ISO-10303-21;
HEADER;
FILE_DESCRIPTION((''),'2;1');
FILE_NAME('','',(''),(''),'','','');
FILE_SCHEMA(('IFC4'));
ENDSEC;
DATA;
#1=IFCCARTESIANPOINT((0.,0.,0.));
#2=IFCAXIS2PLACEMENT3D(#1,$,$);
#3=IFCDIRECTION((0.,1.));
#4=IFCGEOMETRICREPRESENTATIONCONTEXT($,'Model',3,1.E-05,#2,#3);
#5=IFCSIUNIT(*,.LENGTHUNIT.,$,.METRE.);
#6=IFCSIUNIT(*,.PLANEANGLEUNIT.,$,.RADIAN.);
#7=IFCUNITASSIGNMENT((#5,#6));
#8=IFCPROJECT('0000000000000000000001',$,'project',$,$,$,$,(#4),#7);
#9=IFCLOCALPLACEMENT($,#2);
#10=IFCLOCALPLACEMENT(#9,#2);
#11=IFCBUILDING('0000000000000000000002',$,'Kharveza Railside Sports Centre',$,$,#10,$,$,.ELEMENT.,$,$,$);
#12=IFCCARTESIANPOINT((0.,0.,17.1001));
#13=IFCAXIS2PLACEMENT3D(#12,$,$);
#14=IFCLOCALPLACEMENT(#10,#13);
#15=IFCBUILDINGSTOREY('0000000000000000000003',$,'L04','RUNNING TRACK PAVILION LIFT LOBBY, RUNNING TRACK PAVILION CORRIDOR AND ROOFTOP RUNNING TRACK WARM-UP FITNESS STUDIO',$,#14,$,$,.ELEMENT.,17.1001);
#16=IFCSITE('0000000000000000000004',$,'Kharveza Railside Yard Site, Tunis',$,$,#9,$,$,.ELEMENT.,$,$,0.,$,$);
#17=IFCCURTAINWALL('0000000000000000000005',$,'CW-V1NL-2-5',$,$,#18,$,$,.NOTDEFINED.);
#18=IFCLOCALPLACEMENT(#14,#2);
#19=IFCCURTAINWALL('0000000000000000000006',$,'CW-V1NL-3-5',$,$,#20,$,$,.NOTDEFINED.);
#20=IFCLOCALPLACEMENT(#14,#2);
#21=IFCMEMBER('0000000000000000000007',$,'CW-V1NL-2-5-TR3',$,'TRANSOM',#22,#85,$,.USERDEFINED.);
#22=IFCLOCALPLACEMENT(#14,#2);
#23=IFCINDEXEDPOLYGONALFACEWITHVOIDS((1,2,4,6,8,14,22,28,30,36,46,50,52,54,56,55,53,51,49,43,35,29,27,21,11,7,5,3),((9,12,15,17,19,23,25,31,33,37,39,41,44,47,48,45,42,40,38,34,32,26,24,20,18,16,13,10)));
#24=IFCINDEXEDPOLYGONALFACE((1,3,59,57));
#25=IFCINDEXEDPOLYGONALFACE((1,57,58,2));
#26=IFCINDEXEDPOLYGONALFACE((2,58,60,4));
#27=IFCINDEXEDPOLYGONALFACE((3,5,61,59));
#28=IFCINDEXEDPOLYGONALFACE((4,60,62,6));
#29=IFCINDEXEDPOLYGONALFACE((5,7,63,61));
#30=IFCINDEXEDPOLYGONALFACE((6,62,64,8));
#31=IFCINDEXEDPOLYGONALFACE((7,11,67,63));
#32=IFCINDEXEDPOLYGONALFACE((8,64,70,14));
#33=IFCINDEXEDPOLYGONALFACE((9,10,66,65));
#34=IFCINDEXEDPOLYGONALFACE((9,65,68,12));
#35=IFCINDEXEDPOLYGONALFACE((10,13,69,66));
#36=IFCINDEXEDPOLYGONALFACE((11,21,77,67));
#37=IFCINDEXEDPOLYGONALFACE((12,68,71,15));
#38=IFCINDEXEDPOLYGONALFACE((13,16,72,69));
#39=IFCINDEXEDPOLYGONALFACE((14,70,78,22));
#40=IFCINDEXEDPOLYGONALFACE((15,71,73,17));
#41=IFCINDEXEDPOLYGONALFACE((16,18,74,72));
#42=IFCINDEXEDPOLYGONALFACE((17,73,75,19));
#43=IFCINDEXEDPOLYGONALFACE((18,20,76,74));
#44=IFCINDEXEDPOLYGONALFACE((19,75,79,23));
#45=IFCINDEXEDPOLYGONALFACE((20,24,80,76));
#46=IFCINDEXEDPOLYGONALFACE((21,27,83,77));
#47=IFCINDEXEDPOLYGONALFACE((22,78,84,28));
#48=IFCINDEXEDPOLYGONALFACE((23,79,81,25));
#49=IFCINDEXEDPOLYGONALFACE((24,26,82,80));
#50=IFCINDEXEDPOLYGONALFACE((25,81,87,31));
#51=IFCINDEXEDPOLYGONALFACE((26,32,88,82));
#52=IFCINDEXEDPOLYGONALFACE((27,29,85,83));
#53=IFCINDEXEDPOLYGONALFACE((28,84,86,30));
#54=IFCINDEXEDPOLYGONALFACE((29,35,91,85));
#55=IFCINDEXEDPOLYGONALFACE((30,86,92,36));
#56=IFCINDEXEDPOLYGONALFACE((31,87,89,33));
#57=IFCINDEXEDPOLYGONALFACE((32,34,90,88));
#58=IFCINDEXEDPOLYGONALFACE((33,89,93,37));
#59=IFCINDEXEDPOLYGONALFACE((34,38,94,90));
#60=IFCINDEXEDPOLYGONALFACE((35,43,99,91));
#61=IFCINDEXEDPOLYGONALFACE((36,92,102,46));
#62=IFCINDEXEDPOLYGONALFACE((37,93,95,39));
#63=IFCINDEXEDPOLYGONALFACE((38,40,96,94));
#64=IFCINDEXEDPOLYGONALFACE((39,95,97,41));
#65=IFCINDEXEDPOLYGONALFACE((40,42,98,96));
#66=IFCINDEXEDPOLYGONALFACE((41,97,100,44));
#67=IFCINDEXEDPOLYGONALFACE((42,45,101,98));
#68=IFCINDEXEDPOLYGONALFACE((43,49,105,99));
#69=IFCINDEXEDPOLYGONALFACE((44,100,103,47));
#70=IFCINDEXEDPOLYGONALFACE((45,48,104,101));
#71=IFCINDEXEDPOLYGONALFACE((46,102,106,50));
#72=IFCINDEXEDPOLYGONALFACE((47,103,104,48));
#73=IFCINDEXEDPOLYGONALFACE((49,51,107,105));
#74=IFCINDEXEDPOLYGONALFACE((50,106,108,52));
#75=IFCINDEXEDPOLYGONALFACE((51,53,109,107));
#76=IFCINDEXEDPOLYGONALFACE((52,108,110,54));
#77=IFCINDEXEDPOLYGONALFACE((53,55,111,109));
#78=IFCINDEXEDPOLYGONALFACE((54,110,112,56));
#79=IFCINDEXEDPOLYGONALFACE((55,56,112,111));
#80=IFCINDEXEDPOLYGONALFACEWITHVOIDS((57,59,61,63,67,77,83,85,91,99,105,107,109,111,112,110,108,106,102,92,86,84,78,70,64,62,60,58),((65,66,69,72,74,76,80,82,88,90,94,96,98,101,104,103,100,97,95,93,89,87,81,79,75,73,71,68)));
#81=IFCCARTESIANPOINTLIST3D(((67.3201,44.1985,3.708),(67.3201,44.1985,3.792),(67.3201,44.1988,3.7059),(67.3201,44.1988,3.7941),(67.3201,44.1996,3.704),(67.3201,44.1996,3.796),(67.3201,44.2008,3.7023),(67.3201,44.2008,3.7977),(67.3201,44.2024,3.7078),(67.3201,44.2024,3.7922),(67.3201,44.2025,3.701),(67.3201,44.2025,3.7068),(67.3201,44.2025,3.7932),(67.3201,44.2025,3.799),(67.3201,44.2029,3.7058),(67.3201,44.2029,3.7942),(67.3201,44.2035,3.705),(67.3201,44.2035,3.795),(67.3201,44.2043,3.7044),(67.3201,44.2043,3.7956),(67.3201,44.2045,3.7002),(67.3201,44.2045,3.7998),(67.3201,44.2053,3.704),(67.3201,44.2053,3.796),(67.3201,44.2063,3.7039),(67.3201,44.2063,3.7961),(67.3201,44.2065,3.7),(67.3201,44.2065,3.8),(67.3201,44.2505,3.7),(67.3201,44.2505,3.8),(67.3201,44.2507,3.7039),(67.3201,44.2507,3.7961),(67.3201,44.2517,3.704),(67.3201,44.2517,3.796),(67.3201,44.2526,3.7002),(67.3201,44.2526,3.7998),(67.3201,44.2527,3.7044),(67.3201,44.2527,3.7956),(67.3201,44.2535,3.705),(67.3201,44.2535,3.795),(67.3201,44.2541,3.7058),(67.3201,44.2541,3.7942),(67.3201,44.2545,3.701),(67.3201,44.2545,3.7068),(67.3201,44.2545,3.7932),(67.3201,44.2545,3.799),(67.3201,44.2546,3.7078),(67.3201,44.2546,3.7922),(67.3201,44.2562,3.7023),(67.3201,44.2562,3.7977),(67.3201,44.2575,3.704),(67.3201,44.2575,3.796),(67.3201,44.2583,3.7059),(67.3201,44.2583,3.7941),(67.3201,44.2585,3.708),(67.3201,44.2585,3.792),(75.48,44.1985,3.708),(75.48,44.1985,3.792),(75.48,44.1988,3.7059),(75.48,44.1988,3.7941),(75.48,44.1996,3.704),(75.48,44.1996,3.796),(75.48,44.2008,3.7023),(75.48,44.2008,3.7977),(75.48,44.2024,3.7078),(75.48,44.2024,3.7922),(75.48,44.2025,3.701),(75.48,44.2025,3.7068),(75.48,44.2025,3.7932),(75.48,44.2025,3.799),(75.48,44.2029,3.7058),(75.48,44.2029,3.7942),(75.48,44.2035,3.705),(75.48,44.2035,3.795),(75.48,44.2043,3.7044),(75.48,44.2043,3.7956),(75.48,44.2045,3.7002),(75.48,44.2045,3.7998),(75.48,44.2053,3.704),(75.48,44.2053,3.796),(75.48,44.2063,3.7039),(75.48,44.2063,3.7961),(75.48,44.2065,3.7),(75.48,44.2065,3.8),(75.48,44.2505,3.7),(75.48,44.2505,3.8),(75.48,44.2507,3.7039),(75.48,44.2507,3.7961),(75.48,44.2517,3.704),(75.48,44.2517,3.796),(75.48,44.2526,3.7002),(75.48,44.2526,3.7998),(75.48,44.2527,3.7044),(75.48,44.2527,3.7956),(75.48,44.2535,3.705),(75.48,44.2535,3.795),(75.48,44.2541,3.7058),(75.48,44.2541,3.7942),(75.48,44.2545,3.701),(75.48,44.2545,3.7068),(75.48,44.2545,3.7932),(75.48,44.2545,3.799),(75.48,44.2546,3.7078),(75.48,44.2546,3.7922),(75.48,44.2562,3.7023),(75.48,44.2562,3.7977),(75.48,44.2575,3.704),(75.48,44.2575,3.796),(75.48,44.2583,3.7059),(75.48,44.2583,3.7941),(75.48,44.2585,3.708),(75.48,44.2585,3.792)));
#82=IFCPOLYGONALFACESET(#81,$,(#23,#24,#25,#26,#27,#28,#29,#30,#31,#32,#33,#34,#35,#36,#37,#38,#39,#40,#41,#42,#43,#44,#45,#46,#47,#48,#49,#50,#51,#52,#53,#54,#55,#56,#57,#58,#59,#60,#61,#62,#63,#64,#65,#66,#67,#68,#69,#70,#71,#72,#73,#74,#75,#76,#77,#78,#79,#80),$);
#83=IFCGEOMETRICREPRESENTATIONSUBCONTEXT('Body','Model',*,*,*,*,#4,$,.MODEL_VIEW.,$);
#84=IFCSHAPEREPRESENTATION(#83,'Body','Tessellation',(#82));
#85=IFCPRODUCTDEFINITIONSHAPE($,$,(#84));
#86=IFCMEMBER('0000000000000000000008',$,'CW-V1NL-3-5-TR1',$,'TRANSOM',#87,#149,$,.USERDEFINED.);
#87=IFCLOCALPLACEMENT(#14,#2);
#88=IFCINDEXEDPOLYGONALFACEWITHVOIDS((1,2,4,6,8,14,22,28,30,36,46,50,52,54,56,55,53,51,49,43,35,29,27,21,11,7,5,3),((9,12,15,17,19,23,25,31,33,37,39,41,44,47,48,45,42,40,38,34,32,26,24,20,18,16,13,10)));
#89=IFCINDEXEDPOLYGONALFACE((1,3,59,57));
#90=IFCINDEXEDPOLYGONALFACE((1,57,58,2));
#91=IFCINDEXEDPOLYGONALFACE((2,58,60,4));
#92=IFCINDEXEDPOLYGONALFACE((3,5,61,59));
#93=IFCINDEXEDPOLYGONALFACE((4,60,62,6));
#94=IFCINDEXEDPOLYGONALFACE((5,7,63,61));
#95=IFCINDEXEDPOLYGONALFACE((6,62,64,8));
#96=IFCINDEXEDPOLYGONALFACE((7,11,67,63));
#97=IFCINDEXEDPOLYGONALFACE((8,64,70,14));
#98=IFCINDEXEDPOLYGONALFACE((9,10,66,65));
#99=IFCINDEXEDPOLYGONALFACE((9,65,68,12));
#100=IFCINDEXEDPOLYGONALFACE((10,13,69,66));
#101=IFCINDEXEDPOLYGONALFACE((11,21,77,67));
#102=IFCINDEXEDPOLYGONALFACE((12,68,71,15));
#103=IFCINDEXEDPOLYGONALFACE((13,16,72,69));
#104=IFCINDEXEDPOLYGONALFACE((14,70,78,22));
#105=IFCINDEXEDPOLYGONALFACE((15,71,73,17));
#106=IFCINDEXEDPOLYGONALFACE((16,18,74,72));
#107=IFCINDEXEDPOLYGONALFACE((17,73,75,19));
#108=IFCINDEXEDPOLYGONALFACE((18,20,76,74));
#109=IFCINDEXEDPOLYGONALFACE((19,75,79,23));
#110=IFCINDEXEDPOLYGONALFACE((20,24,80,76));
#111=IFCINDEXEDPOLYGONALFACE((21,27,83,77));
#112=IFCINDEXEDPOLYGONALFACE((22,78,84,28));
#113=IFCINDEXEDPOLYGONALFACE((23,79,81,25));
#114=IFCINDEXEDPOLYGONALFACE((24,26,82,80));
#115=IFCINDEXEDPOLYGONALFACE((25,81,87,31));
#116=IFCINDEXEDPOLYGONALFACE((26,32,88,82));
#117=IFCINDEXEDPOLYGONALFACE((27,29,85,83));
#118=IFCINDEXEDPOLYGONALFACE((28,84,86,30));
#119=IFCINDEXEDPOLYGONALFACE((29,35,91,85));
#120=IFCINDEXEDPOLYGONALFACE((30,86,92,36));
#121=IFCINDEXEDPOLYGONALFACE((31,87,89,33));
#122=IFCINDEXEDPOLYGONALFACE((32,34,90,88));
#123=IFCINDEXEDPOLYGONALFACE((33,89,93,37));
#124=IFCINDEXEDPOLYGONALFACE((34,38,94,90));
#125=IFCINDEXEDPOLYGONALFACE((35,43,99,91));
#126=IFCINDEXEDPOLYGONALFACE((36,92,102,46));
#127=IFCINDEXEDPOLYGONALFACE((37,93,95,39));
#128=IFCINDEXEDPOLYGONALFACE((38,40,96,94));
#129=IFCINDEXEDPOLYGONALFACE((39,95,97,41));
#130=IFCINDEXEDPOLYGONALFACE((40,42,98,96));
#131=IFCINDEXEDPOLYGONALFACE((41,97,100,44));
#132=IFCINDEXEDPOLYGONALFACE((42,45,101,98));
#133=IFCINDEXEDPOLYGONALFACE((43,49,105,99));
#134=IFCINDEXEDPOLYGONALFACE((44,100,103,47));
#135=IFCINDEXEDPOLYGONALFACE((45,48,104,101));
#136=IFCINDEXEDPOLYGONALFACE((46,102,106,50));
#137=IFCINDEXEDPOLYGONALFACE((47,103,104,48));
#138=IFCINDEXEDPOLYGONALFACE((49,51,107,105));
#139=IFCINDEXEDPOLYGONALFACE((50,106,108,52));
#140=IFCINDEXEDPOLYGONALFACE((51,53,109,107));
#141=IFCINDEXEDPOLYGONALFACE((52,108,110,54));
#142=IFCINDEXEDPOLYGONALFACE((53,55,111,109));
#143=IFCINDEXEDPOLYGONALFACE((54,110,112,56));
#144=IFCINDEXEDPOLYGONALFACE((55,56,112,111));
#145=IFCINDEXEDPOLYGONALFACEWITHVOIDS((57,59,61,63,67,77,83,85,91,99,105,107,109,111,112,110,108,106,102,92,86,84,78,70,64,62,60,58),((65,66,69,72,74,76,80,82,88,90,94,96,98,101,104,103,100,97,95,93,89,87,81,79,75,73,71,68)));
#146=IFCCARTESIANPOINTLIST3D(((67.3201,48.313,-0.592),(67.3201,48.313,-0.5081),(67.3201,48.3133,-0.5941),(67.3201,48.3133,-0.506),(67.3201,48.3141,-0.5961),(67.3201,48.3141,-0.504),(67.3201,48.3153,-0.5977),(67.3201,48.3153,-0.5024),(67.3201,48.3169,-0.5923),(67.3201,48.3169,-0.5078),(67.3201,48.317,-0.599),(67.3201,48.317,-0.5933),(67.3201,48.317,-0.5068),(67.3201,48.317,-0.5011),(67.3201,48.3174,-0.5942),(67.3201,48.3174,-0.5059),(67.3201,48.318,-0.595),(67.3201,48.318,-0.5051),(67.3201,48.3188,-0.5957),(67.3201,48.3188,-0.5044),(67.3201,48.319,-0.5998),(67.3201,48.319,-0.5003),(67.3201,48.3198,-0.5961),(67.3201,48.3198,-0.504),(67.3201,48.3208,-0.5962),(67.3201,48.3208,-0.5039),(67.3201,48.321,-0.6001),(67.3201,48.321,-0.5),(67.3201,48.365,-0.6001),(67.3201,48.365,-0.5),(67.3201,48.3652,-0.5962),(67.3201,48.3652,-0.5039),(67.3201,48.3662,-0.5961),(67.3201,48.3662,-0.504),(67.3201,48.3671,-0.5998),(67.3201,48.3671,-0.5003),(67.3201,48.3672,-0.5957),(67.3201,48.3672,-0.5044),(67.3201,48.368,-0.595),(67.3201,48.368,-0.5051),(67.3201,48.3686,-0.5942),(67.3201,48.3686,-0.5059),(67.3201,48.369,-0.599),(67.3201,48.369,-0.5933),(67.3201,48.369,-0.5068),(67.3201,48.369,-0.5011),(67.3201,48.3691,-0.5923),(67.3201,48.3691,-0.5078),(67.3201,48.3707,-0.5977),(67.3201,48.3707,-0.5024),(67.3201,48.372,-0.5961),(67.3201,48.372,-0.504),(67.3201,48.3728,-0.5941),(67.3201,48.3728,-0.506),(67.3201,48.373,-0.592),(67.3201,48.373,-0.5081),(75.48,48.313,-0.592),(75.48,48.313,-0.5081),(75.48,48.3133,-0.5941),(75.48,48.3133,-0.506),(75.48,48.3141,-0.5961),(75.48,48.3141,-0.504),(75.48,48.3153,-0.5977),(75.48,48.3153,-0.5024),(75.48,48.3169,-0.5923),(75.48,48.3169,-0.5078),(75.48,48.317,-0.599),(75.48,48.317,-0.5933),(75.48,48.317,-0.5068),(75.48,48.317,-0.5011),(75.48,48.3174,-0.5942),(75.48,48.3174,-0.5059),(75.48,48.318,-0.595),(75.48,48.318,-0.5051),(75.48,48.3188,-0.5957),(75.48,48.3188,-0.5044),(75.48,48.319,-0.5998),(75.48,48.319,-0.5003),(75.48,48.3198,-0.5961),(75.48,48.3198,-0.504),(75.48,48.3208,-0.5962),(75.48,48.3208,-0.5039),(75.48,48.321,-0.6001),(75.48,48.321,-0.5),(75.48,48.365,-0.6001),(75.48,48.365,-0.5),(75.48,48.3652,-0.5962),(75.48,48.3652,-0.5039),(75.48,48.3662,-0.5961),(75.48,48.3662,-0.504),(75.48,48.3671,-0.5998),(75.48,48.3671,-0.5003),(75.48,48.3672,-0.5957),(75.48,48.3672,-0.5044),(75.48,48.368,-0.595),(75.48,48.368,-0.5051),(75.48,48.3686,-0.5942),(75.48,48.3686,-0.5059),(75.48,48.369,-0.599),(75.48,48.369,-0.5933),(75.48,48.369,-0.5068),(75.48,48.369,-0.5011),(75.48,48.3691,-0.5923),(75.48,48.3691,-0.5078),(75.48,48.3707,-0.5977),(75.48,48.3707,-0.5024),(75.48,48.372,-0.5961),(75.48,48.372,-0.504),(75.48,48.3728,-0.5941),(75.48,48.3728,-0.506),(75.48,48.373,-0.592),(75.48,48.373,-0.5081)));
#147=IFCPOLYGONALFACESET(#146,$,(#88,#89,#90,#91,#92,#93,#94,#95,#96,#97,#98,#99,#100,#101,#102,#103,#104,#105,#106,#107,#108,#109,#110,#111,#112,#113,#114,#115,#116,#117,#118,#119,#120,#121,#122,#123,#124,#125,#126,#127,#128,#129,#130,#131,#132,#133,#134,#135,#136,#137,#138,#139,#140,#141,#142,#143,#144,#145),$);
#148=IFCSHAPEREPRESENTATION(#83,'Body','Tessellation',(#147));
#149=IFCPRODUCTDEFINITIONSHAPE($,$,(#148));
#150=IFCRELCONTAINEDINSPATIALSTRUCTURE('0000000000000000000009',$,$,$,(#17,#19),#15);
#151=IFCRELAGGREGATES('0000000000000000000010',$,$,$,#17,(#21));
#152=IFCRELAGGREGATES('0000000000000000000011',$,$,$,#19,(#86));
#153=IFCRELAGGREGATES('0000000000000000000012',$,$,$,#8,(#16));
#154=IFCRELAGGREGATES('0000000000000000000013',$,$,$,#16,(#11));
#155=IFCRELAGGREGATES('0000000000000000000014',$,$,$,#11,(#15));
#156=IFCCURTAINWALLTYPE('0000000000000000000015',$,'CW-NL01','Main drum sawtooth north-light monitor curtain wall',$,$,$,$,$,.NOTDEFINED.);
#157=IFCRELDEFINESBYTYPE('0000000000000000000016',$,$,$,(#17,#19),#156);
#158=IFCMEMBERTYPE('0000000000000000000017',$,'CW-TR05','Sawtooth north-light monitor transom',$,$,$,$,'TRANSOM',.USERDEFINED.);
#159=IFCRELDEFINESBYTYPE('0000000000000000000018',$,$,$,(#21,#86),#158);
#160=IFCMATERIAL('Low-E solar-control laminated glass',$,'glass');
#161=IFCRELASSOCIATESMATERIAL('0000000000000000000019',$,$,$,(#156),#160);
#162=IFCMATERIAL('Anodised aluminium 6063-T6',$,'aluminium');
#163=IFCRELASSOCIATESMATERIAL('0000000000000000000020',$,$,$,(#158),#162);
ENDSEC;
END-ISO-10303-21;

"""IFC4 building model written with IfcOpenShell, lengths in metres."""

from ifc_helpers import new_model, si_unit, direction, frame, origin, origin_2d, place, context, subcontext, project, spatial, hollow_rectangle, extrude, material, material_profile, profile_set, type_object, element, aggregate, save


model = new_model("IFC4")

# Units and contexts
model_context = context("Model", 3, precision=1e-05, world=origin(), true_north=direction((0.0, 1.0)))
body_context = subcontext(model_context, "Body", "Model", "MODEL_VIEW")
ifc_project = project(units=[si_unit("LENGTHUNIT", "METRE"), si_unit("PLANEANGLEUNIT", "RADIAN")], contexts=[model_context])

# Site, building, storey
site_placement = place(None, origin())
site = spatial("IfcSite", under=ifc_project, at=site_placement, Name="Kharveza Railside Yard Site, Tunis", CompositionType="ELEMENT", RefElevation=0.0)
building_placement = place(site_placement, origin())
building = spatial("IfcBuilding", under=site, at=building_placement, Name="Kharveza Railside Sports Centre", CompositionType="ELEMENT")
storey_placement = place(building_placement, frame((0.0, 0.0, 17.1001)))
storey = spatial("IfcBuildingStorey", under=building, at=storey_placement, Name="L04", Description="RUNNING TRACK PAVILION LIFT LOBBY, RUNNING TRACK PAVILION CORRIDOR AND ROOFTOP RUNNING TRACK WARM-UP FITNESS STUDIO", CompositionType="ELEMENT", Elevation=17.1001)

# Curtain walls
ifc_material_1 = material(Name="Low-E solar-control laminated glass", Category="glass")
curtain_wall_type = type_object("IfcCurtainWallType", Name="CW-NL01", Description="Main drum sawtooth north-light monitor curtain wall", PredefinedType="NOTDEFINED", material=ifc_material_1)
ifc_material_2 = material(Name="Anodised aluminium 6063-T6", Category="aluminium")
curtain_wall_1_placement = place(storey_placement, origin())
curtain_wall_1 = element("IfcCurtainWall", 1, at=curtain_wall_1_placement, inside=storey, type_object=curtain_wall_type, Name="CW-V1NL-2-5", PredefinedType="NOTDEFINED")
curtain_wall_2_placement = place(storey_placement, origin())
curtain_wall_2 = element("IfcCurtainWall", 2, at=curtain_wall_2_placement, inside=storey, type_object=curtain_wall_type, Name="CW-V1NL-3-5", PredefinedType="NOTDEFINED")

# Members
ifc_material_profile_1 = material_profile(ifc_material_2, hollow_rectangle(XDim=0.0601, YDim=0.1001, WallThickness=0.0039, InnerFilletRadius=0.0039, OuterFilletRadius=0.0081, at=origin_2d()), Name="RHS 60x100x4.0")
ifc_profile_set_1 = profile_set([ifc_material_profile_1], Name="Anodised aluminium 6063-T6")
member_type_1 = type_object("IfcMemberType", Name="CW-TR05", Description="Sawtooth north-light monitor transom", ElementType="TRANSOM", PredefinedType="USERDEFINED", material=ifc_profile_set_1)
member_1_placement = place(storey_placement, frame((67.3201, 44.2285, 3.75), z_axis=(1.0, 0.0, 0.0), x_axis=(0.0, 1.0, 0.0)))
member_1 = element("IfcMember", 3, at=member_1_placement, type_object=member_type_1, Name="CW-V1NL-2-5-TR3", ObjectType="TRANSOM", PredefinedType="USERDEFINED", context=body_context, shape_type="SweptSolid", body=[
    extrude(hollow_rectangle(XDim=0.0601, YDim=0.1001, WallThickness=0.0039, InnerFilletRadius=0.0039, OuterFilletRadius=0.0081, at=origin_2d()), origin(), (0.0, 0.0, 1.0), 8.1599),
])
member_2_placement = place(storey_placement, frame((67.3201, 48.343, -0.55), z_axis=(1.0, 0.0, 0.0), x_axis=(0.0, 1.0, 0.0)))
member_2 = element("IfcMember", 4, at=member_2_placement, type_object=member_type_1, Name="CW-V1NL-3-5-TR1", ObjectType="TRANSOM", PredefinedType="USERDEFINED", context=body_context, shape_type="SweptSolid", body=[
    extrude(hollow_rectangle(XDim=0.0601, YDim=0.1001, WallThickness=0.0039, InnerFilletRadius=0.0039, OuterFilletRadius=0.0081, at=origin_2d()), origin(), (0.0, 0.0, 1.0), 8.1599),
])

aggregate(curtain_wall_1, [member_1])
aggregate(curtain_wall_2, [member_2])

save(model, "model.ifc")
